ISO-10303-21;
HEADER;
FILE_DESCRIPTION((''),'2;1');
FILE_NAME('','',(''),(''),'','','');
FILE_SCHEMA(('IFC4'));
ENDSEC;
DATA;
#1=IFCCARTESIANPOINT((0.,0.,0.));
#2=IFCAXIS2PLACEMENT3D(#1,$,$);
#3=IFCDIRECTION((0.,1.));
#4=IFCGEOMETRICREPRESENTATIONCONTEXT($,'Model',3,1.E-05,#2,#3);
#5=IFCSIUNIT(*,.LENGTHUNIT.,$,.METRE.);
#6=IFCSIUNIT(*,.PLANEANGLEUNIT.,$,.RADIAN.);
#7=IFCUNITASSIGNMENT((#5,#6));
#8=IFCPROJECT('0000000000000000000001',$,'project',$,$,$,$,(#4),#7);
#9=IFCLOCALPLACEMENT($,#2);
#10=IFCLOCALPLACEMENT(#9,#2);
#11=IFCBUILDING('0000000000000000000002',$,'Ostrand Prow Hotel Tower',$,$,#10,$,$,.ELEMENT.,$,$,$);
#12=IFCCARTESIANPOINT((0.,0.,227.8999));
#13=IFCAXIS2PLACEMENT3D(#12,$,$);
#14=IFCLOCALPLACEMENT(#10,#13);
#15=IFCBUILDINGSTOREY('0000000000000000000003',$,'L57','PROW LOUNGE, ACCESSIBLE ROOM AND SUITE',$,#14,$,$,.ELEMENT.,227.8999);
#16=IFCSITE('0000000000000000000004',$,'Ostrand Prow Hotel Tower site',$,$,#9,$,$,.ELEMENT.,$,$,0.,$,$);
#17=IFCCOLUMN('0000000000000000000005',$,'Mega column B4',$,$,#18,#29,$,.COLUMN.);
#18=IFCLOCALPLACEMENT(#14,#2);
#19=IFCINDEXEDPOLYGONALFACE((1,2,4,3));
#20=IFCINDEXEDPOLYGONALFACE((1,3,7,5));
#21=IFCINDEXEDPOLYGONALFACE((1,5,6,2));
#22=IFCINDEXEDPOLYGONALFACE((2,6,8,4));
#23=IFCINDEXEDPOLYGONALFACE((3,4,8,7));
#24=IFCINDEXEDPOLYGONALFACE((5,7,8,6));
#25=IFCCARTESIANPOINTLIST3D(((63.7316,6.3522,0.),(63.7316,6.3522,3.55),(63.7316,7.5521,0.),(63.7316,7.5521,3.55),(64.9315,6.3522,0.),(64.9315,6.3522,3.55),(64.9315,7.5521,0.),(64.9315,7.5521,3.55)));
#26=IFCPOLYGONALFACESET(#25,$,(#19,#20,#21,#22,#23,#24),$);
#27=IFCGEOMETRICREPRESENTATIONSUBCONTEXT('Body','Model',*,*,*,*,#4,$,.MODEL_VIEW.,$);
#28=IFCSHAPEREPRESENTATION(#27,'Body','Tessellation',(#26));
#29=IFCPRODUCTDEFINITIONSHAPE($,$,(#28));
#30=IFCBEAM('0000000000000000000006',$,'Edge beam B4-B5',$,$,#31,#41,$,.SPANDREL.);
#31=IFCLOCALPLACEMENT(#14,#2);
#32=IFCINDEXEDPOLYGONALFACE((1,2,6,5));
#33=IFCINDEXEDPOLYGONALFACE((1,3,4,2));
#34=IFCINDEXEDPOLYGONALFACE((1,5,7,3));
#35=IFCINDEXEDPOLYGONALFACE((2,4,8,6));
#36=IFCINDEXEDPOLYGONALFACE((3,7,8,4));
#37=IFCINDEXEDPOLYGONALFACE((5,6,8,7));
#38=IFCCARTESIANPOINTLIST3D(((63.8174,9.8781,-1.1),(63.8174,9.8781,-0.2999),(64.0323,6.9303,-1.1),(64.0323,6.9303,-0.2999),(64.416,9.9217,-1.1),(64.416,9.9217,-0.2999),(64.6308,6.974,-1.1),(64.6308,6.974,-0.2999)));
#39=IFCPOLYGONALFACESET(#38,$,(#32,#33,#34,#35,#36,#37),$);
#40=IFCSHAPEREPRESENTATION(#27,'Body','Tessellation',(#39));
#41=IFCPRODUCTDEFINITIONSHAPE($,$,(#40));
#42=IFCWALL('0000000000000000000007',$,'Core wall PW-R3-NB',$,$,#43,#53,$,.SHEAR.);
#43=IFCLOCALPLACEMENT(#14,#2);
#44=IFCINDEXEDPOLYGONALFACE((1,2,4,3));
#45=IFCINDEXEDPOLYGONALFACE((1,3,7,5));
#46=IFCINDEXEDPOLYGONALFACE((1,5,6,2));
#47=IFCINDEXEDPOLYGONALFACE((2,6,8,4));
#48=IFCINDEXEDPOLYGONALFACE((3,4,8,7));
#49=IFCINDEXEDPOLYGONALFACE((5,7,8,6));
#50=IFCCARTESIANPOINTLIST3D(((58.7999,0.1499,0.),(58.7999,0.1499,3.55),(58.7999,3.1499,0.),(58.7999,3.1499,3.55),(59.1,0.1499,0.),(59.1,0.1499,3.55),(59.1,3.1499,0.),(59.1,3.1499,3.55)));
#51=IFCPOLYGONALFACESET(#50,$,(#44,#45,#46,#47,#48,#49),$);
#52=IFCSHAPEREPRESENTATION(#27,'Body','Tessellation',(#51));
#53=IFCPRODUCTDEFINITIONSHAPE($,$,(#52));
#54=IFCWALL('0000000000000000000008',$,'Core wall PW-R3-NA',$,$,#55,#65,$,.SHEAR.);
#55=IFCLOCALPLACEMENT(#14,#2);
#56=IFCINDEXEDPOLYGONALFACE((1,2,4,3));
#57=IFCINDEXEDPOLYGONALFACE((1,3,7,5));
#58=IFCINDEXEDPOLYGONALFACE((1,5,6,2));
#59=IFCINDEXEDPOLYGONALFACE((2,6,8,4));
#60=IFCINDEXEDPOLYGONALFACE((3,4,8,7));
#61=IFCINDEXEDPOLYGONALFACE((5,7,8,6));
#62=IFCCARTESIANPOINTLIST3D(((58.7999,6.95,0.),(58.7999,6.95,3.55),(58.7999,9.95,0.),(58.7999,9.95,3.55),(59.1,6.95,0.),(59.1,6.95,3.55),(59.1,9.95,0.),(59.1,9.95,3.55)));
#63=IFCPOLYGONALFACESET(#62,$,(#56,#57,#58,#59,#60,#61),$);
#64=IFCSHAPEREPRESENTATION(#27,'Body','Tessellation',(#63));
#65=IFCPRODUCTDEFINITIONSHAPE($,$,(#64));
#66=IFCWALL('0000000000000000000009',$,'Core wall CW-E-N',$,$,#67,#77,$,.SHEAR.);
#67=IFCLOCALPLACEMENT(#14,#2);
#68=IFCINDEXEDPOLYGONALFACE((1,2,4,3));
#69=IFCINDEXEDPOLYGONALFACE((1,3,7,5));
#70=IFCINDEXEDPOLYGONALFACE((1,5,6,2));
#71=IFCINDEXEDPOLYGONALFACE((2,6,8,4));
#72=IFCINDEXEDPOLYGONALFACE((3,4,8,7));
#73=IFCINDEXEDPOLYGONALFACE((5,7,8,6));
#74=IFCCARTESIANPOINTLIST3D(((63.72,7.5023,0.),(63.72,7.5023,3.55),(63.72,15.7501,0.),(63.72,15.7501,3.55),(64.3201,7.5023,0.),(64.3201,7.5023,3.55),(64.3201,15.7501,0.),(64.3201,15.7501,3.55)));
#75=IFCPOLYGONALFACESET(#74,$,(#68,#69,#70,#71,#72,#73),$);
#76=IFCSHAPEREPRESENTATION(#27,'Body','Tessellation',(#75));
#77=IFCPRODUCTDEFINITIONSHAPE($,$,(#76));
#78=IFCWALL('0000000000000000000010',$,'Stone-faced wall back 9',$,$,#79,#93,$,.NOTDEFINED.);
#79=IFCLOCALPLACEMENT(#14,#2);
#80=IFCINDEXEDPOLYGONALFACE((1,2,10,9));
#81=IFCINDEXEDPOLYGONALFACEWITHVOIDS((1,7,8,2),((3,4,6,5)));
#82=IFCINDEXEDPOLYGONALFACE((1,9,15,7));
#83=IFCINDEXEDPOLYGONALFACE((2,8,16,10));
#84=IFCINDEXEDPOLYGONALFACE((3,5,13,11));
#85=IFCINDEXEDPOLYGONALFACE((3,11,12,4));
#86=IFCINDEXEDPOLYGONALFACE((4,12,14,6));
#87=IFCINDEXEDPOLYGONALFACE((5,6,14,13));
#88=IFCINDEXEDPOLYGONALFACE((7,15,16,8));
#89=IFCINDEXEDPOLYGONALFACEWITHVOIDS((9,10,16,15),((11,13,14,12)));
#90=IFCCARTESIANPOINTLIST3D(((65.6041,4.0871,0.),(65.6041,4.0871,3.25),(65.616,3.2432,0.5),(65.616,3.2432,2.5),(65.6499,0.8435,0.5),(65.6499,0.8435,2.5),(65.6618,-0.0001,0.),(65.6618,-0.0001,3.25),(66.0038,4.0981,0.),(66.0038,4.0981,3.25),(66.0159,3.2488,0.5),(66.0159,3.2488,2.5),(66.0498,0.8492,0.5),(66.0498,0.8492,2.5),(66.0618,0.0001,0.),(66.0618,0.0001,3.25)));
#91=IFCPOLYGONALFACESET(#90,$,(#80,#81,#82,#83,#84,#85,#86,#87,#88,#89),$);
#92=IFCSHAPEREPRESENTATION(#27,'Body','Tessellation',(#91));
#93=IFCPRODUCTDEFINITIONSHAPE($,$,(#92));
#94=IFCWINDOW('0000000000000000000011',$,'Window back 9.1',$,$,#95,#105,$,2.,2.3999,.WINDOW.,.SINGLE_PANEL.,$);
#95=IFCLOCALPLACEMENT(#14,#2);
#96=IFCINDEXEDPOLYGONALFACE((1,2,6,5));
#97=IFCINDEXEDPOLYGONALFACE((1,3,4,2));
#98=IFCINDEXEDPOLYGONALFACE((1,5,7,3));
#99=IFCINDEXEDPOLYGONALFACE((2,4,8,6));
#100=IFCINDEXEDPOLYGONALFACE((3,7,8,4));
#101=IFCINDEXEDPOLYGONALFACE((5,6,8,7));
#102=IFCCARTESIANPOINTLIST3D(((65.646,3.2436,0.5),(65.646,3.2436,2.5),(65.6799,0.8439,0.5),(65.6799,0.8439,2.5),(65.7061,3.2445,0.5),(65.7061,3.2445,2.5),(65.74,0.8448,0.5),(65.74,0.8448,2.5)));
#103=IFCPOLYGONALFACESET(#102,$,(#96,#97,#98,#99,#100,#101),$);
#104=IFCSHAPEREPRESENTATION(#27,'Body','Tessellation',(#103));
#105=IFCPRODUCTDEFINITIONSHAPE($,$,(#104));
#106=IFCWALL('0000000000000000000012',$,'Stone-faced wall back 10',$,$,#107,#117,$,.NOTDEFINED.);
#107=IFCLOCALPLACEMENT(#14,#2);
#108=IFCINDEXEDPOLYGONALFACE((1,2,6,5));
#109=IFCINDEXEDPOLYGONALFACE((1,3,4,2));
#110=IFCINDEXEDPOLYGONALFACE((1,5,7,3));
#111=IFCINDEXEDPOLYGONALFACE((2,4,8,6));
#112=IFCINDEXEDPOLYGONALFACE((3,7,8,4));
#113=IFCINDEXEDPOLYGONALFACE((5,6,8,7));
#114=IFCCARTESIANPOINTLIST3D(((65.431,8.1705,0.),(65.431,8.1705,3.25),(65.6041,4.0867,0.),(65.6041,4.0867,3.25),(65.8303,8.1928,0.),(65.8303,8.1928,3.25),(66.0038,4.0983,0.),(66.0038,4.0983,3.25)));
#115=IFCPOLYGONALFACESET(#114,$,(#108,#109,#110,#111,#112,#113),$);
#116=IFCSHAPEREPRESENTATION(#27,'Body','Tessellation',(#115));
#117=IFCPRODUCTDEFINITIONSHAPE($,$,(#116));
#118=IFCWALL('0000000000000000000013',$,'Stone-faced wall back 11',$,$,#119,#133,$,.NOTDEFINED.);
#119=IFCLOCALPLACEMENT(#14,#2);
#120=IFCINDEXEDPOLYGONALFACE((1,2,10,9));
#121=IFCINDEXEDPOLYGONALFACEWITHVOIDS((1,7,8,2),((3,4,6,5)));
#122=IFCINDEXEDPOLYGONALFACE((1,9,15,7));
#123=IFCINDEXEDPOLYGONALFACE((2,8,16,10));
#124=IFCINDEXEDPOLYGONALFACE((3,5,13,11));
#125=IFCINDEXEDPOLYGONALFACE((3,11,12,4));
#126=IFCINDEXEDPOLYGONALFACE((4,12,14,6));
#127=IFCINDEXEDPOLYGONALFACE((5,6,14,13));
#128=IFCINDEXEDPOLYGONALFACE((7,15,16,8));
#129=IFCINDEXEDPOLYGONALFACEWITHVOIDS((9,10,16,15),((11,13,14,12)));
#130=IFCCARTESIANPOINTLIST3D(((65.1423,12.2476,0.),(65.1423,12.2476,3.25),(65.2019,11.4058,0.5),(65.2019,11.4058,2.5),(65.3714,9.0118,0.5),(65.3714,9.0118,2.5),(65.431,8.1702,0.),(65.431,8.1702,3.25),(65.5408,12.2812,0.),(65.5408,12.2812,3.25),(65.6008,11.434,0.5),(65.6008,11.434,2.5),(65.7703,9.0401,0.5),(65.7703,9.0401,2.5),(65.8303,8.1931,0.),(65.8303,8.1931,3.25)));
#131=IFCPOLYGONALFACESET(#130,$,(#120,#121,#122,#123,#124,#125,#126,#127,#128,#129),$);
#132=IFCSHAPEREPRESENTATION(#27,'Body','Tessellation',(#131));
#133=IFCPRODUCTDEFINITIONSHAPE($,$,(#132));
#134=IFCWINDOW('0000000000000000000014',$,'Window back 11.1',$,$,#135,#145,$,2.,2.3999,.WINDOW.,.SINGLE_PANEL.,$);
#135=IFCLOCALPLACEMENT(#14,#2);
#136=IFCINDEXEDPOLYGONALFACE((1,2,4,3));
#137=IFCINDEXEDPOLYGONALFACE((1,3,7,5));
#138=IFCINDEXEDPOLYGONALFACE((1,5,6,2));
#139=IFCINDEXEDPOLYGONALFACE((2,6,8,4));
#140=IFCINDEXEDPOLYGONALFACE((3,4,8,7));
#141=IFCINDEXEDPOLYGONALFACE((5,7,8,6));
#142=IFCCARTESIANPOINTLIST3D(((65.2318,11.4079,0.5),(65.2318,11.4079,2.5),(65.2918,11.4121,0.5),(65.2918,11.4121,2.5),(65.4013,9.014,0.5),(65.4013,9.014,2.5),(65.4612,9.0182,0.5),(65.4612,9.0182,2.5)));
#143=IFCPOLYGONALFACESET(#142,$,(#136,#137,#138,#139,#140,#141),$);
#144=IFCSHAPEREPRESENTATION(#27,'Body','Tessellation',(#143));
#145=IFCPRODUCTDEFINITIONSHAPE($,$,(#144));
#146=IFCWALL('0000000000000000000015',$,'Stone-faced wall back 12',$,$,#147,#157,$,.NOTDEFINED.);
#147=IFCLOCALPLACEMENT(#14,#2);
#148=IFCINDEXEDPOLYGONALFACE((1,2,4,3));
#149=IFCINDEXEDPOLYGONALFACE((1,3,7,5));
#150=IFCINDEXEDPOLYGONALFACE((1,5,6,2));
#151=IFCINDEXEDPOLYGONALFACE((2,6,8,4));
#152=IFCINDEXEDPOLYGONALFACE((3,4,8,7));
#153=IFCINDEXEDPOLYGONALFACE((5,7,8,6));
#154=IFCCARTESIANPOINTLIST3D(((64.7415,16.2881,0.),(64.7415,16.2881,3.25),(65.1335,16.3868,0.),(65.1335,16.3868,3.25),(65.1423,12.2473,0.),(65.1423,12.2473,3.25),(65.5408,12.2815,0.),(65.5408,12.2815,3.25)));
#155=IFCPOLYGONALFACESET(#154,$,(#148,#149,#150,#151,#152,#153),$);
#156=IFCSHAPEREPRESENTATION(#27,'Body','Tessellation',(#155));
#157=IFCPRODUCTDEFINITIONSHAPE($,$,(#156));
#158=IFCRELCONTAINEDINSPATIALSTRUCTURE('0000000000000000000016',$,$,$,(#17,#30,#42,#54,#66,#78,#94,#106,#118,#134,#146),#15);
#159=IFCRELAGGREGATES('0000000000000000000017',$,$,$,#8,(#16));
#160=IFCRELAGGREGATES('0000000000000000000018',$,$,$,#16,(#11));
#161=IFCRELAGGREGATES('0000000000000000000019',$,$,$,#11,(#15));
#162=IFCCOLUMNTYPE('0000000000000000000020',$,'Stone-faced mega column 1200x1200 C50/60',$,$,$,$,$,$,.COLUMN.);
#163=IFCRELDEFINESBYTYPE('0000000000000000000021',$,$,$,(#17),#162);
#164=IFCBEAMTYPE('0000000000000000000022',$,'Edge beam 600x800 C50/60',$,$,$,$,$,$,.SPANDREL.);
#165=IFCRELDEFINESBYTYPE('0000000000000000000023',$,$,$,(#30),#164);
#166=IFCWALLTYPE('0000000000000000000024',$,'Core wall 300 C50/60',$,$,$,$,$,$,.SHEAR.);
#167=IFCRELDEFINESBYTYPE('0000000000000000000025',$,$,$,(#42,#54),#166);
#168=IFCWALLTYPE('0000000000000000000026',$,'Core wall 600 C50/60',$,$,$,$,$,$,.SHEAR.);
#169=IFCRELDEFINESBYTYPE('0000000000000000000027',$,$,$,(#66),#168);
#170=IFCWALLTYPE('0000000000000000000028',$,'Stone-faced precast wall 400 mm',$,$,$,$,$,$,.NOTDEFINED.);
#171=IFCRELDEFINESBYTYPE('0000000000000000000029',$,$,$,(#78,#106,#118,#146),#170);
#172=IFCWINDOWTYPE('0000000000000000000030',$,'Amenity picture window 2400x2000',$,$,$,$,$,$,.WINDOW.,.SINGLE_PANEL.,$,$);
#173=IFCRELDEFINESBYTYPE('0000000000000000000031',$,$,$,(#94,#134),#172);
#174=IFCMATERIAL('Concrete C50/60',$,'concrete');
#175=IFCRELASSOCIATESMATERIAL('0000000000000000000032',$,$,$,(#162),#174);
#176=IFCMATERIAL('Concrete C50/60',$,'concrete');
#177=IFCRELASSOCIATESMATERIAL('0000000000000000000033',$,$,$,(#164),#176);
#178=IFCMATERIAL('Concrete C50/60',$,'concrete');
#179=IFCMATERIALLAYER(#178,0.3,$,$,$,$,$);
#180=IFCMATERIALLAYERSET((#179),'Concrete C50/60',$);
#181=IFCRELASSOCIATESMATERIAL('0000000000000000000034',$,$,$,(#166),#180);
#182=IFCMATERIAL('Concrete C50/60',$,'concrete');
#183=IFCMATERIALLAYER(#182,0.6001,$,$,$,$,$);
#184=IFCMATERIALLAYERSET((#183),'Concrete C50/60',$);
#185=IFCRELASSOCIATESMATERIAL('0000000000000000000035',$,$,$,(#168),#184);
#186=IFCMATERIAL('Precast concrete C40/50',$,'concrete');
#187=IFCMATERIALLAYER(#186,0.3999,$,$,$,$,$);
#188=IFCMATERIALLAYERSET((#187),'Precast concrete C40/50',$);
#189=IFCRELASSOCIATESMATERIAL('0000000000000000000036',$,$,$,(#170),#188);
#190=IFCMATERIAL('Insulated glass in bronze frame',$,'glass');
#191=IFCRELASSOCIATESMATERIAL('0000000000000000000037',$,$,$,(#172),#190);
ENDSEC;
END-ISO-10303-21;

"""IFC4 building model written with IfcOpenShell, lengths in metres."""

from ifc_helpers import new_model, si_unit, direction, frame, frame_2d, origin, origin_2d, place, context, subcontext, project, spatial, polyline, rectangle, outline, extrude, material, layer, layer_set, material_profile, profile_set, type_object, element, fill, save


model = new_model("IFC4")

# Units and contexts
model_context = context("Model", 3, precision=1e-05, world=origin(), true_north=direction((0.0, 1.0)))
body_context = subcontext(model_context, "Body", "Model", "MODEL_VIEW")
ifc_project = project(units=[si_unit("LENGTHUNIT", "METRE"), si_unit("PLANEANGLEUNIT", "RADIAN")], contexts=[model_context])

# Site, building, storey
site_placement = place(None, origin())
site = spatial("IfcSite", under=ifc_project, at=site_placement, Name="Ostrand Prow Hotel Tower site", CompositionType="ELEMENT", RefElevation=0.0)
building_placement = place(site_placement, origin())
building = spatial("IfcBuilding", under=site, at=building_placement, Name="Ostrand Prow Hotel Tower", CompositionType="ELEMENT")
storey_placement = place(building_placement, frame((0.0, 0.0, 227.8999)))
storey = spatial("IfcBuildingStorey", under=building, at=storey_placement, Name="L57", Description="PROW LOUNGE, ACCESSIBLE ROOM AND SUITE", CompositionType="ELEMENT", Elevation=227.8999)

# Column
ifc_material_1 = material(Name="Concrete C50/60", Category="concrete")
ifc_material_profile_1 = material_profile(ifc_material_1, rectangle(XDim=1.2, YDim=1.2, at=origin_2d()), Name="RC 1200x1200")
ifc_profile_set_1 = profile_set([ifc_material_profile_1], Name="Concrete C50/60")
column_type = type_object("IfcColumnType", Name="Stone-faced mega column 1200x1200 C50/60", PredefinedType="COLUMN", material=ifc_profile_set_1)
column_placement = place(storey_placement, frame((64.3315, 6.9521, 0.0), z_axis=(0.0, 0.0, 1.0), x_axis=(1.0, 0.0, 0.0)))
element("IfcColumn", 1, at=column_placement, inside=storey, type_object=column_type, Name="Mega column B4", PredefinedType="COLUMN", context=body_context, shape_type="SweptSolid", body=[
    extrude(rectangle(XDim=1.2, YDim=1.2, at=origin_2d()), origin(), (0.0, 0.0, 1.0), 3.55),
])

# Beam
ifc_material_2 = material(Name="Concrete C50/60", Category="concrete")
ifc_material_profile_2 = material_profile(ifc_material_2, rectangle(XDim=0.6001, YDim=0.8, at=origin_2d()), Name="RC 600x800")
ifc_profile_set_2 = profile_set([ifc_material_profile_2], Name="Concrete C50/60")
beam_type = type_object("IfcBeamType", Name="Edge beam 600x800 C50/60", PredefinedType="SPANDREL", material=ifc_profile_set_2)
beam_placement = place(storey_placement, frame((64.3315, 6.9521, -0.7), z_axis=(-0.072691, 0.997355, 0.0), x_axis=(-0.997355, -0.072691, 0.0)))
element("IfcBeam", 2, at=beam_placement, inside=storey, type_object=beam_type, Name="Edge beam B4-B5", PredefinedType="SPANDREL", context=body_context, shape_type="SweptSolid", body=[
    extrude(rectangle(XDim=0.6001, YDim=0.8, at=origin_2d()), origin(), (0.0, 0.0, 1.0), 2.9556),
])

# Walls
ifc_material_3 = material(Name="Concrete C50/60", Category="concrete")
ifc_layer_1 = layer(ifc_material_3, 0.3)
ifc_layer_set_1 = layer_set([ifc_layer_1], Name="Concrete C50/60")
wall_type_1 = type_object("IfcWallType", Name="Core wall 300 C50/60", PredefinedType="SHEAR", material=ifc_layer_set_1)
for number, where, z_axis, x_axis, name in (
    (3, (58.95, 0.1499, 0.0), (0.0, 0.0, 1.0), (0.0, 1.0, 0.0), "Core wall PW-R3-NB"),
    (4, (58.95, 6.95, 0.0), (0.0, 0.0, 1.0), (0.0, 1.0, 0.0), "Core wall PW-R3-NA"),
):
    element("IfcWall", number, at=place(storey_placement, frame(where, z_axis=z_axis, x_axis=x_axis)), inside=storey, type_object=wall_type_1, Name=name, PredefinedType="SHEAR", context=body_context, shape_type="SweptSolid", body=[
        extrude(rectangle(XDim=3.0, YDim=0.3, at=frame_2d((1.5, 0.0))), origin(), (0.0, 0.0, 1.0), 3.55),
    ])
ifc_material_4 = material(Name="Concrete C50/60", Category="concrete")
ifc_layer_2 = layer(ifc_material_4, 0.6001)
ifc_layer_set_2 = layer_set([ifc_layer_2], Name="Concrete C50/60")
wall_type_2 = type_object("IfcWallType", Name="Core wall 600 C50/60", PredefinedType="SHEAR", material=ifc_layer_set_2)
wall_1_placement = place(storey_placement, frame((64.02, 7.5022, 0.0), z_axis=(0.0, 0.0, 1.0), x_axis=(0.0, 1.0, 0.0)))
element("IfcWall", 5, at=wall_1_placement, inside=storey, type_object=wall_type_2, Name="Core wall CW-E-N", PredefinedType="SHEAR", context=body_context, shape_type="SweptSolid", body=[
    extrude(rectangle(XDim=8.2478, YDim=0.6001, at=frame_2d((4.124, 0.0))), origin(), (0.0, 0.0, 1.0), 3.55),
])

# Wall, opening, window
ifc_material_5 = material(Name="Precast concrete C40/50", Category="concrete")
ifc_layer_3 = layer(ifc_material_5, 0.3999)
ifc_layer_set_3 = layer_set([ifc_layer_3], Name="Precast concrete C40/50")
wall_type_3 = type_object("IfcWallType", Name="Stone-faced precast wall 400 mm", PredefinedType="NOTDEFINED", material=ifc_layer_set_3)
wall_2_placement = place(storey_placement, frame((65.8618, 0.0, 0.0), z_axis=(0.0, 0.0, 1.0), x_axis=(-0.014137, 0.9999, 0.0)))
wall_2 = element("IfcWall", 6, at=wall_2_placement, inside=storey, type_object=wall_type_3, Name="Stone-faced wall back 9", PredefinedType="NOTDEFINED", context=body_context, shape_type="SweptSolid", body=[
    extrude(outline(polyline([(-0.0027, -0.2), (4.0957, -0.2), (4.0903, 0.2), (0.0027, 0.2), (-0.0027, -0.2)])), origin(), (0.0, 0.0, 1.0), 3.25),
])
opening_1_placement = place(wall_2_placement, frame((0.8464, 0.0, 0.5)))
opening_1 = element("IfcOpeningElement", 7, at=opening_1_placement, cuts=wall_2, PredefinedType="OPENING", context=body_context, shape_type="SweptSolid", body=[
    extrude(rectangle(XDim=2.3999, YDim=2.0, at=frame_2d((1.2, 1.0))), frame((0.0, 0.21, 0.0), z_axis=(0.0, -1.0, 0.0), x_axis=(1.0, 0.0, 0.0)), (0.0, 0.0, 1.0), 0.4199),
])
ifc_material_6 = material(Name="Insulated glass in bronze frame", Category="glass")
window_type = type_object("IfcWindowType", Name="Amenity picture window 2400x2000", PartitioningType="SINGLE_PANEL", PredefinedType="WINDOW", material=ifc_material_6)
window_1_placement = place(opening_1_placement, origin())
window_1 = element("IfcWindow", 8, at=window_1_placement, inside=storey, type_object=window_type, Name="Window back 9.1", OverallHeight=2.0, OverallWidth=2.3999, PartitioningType="SINGLE_PANEL", PredefinedType="WINDOW", context=body_context, shape_type="SweptSolid", body=[
    extrude(rectangle(XDim=2.3999, YDim=2.0, at=frame_2d((1.2, 1.0))), frame((0.0, 0.1699, 0.0), z_axis=(0.0, -1.0, 0.0), x_axis=(1.0, 0.0, 0.0)), (0.0, 0.0, 1.0), 0.0601),
])
fill(opening_1, window_1)

# Wall
wall_3_placement = place(storey_placement, frame((65.804, 4.0925, 0.0), z_axis=(0.0, 0.0, 1.0), x_axis=(-0.042353, 0.999103, 0.0)))
element("IfcWall", 9, at=wall_3_placement, inside=storey, type_object=wall_type_3, Name="Stone-faced wall back 10", PredefinedType="NOTDEFINED", context=body_context, shape_type="SweptSolid", body=[
    extrude(outline(polyline([(-0.0027, -0.2), (4.0955, -0.2), (4.0901, 0.2), (0.0027, 0.2), (-0.0027, -0.2)])), origin(), (0.0, 0.0, 1.0), 3.25),
])

# Wall, opening, window
wall_4_placement = place(storey_placement, frame((65.6306, 8.1816, 0.0), z_axis=(0.0, 0.0, 1.0), x_axis=(-0.070624, 0.997503, 0.0)))
wall_4 = element("IfcWall", 10, at=wall_4_placement, inside=storey, type_object=wall_type_3, Name="Stone-faced wall back 11", PredefinedType="NOTDEFINED", context=body_context, shape_type="SweptSolid", body=[
    extrude(outline(polyline([(-0.0027, -0.2), (4.0957, -0.2), (4.0903, 0.2), (0.0027, 0.2), (-0.0027, -0.2)])), origin(), (0.0, 0.0, 1.0), 3.25),
])
opening_2_placement = place(wall_4_placement, frame((0.8464, 0.0, 0.5)))
opening_2 = element("IfcOpeningElement", 11, at=opening_2_placement, cuts=wall_4, PredefinedType="OPENING", context=body_context, shape_type="SweptSolid", body=[
    extrude(rectangle(XDim=2.3999, YDim=2.0, at=frame_2d((1.2, 1.0))), frame((0.0, 0.21, 0.0), z_axis=(0.0, -1.0, 0.0), x_axis=(1.0, 0.0, 0.0)), (0.0, 0.0, 1.0), 0.4199),
])
window_2_placement = place(opening_2_placement, origin())
window_2 = element("IfcWindow", 12, at=window_2_placement, inside=storey, type_object=window_type, Name="Window back 11.1", OverallHeight=2.0, OverallWidth=2.3999, PartitioningType="SINGLE_PANEL", PredefinedType="WINDOW", context=body_context, shape_type="SweptSolid", body=[
    extrude(rectangle(XDim=2.3999, YDim=2.0, at=frame_2d((1.2, 1.0))), frame((0.0, 0.1699, 0.0), z_axis=(0.0, -1.0, 0.0), x_axis=(1.0, 0.0, 0.0)), (0.0, 0.0, 1.0), 0.0601),
])
fill(opening_2, window_2)

# Wall
wall_5_placement = place(storey_placement, frame((65.3416, 12.2644, 0.0), z_axis=(0.0, 0.0, 1.0), x_axis=(-0.098718, 0.995115, 0.0)))
element("IfcWall", 13, at=wall_5_placement, inside=storey, type_object=wall_type_3, Name="Stone-faced wall back 12", PredefinedType="NOTDEFINED", context=body_context, shape_type="SweptSolid", body=[
    extrude(outline(polyline([(-0.0027, -0.2), (4.1228, -0.2), (4.0632, 0.2), (0.0027, 0.2), (-0.0027, -0.2)])), origin(), (0.0, 0.0, 1.0), 3.25),
])

save(model, "model.ifc")
